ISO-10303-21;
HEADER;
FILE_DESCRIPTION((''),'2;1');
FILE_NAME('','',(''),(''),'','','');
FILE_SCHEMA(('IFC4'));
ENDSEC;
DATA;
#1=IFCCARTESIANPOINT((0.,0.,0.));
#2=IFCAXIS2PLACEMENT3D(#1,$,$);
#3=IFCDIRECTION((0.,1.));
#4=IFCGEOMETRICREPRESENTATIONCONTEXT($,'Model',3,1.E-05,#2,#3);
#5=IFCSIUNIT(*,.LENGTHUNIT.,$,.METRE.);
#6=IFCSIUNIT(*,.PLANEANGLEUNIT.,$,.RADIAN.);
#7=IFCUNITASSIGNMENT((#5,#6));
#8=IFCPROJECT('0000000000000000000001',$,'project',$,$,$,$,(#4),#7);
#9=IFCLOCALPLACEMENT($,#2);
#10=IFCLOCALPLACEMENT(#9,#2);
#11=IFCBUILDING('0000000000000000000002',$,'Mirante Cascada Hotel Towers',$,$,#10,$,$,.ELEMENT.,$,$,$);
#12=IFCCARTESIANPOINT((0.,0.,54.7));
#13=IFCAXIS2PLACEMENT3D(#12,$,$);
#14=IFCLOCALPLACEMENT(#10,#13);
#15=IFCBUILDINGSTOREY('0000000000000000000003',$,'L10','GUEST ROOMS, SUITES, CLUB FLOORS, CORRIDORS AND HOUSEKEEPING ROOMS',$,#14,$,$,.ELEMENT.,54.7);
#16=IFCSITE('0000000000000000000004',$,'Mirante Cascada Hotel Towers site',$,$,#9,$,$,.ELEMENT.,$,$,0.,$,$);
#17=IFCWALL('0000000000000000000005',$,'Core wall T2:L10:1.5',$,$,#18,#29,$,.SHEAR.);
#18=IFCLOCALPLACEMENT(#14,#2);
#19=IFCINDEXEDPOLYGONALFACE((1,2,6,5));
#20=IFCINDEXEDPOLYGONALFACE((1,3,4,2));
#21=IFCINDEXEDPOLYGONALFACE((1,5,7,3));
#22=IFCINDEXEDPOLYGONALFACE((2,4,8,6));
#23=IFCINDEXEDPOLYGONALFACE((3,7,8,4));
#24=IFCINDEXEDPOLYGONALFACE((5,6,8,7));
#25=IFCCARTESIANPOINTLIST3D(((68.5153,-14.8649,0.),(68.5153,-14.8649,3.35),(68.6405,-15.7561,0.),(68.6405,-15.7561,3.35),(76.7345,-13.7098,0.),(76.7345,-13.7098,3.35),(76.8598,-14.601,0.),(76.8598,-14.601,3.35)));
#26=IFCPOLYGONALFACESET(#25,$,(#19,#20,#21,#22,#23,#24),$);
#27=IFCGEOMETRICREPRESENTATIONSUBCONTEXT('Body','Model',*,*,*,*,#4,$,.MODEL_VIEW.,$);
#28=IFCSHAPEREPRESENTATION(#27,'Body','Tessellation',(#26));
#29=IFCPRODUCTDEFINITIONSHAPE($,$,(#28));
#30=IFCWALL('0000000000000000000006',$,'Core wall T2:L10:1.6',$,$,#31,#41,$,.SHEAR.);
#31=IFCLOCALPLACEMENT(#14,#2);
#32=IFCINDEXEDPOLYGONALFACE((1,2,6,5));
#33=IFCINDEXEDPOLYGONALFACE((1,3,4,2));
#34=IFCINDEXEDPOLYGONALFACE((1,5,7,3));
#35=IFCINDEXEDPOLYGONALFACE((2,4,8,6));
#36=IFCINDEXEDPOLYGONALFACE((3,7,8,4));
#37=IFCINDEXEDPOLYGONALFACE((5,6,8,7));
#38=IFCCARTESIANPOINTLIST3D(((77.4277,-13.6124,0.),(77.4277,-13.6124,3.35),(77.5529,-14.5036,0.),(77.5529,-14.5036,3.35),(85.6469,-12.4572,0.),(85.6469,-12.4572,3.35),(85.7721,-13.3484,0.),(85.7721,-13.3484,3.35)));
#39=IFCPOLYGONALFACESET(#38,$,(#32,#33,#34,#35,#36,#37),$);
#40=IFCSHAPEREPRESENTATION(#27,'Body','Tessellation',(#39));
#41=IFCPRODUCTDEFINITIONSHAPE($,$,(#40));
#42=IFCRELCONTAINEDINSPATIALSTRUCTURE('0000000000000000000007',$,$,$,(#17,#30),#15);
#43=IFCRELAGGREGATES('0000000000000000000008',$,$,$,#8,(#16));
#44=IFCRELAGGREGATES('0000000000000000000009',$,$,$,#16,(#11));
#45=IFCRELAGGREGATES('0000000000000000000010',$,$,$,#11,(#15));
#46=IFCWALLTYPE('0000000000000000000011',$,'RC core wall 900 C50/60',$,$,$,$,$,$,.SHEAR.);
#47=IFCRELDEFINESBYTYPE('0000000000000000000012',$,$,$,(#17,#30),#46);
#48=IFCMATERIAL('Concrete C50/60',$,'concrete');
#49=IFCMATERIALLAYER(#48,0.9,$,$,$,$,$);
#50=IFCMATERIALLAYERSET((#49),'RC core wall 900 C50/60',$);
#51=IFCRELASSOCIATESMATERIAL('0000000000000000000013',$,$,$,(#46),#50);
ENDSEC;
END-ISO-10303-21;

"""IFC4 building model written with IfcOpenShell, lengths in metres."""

from ifc_helpers import new_model, si_unit, direction, frame, frame_2d, origin, place, context, subcontext, project, spatial, rectangle, extrude, material, layer, layer_set, type_object, element, save


model = new_model("IFC4")

# Units and contexts
model_context = context("Model", 3, precision=1e-05, world=origin(), true_north=direction((0.0, 1.0)))
body_context = subcontext(model_context, "Body", "Model", "MODEL_VIEW")
ifc_project = project(units=[si_unit("LENGTHUNIT", "METRE"), si_unit("PLANEANGLEUNIT", "RADIAN")], contexts=[model_context])

# Site, building, storey
site_placement = place(None, origin())
site = spatial("IfcSite", under=ifc_project, at=site_placement, Name="Mirante Cascada Hotel Towers site", CompositionType="ELEMENT", RefElevation=0.0)
building_placement = place(site_placement, origin())
building = spatial("IfcBuilding", under=site, at=building_placement, Name="Mirante Cascada Hotel Towers", CompositionType="ELEMENT")
storey_placement = place(building_placement, frame((0.0, 0.0, 54.7)))
storey = spatial("IfcBuildingStorey", under=building, at=storey_placement, Name="L10", Description="GUEST ROOMS, SUITES, CLUB FLOORS, CORRIDORS AND HOUSEKEEPING ROOMS", CompositionType="ELEMENT", Elevation=54.7)

# Walls
ifc_material_1 = material(Name="Concrete C50/60", Category="concrete")
ifc_layer_1 = layer(ifc_material_1, 0.9)
ifc_layer_set_1 = layer_set([ifc_layer_1], Name="RC core wall 900 C50/60")
wall_type_1 = type_object("IfcWallType", Name="RC core wall 900 C50/60", PredefinedType="SHEAR", material=ifc_layer_set_1)
for number, where, z_axis, x_axis, name in (
    (1, (68.5779, -15.3105, 0.0), (0.0, 0.0, 1.0), (0.990269, 0.139169, 0.0), "Core wall T2:L10:1.5"),
    (2, (77.4903, -14.058, 0.0), (0.0, 0.0, 1.0), (0.990267, 0.139181, 0.0), "Core wall T2:L10:1.6"),
):
    element("IfcWall", number, at=place(storey_placement, frame(where, z_axis=z_axis, x_axis=x_axis)), inside=storey, type_object=wall_type_1, Name=name, PredefinedType="SHEAR", context=body_context, shape_type="SweptSolid", body=[
        extrude(rectangle(XDim=8.3, YDim=0.9, at=frame_2d((4.15, 0.0))), origin(), (0.0, 0.0, 1.0), 3.35),
    ])

save(model, "model.ifc")
